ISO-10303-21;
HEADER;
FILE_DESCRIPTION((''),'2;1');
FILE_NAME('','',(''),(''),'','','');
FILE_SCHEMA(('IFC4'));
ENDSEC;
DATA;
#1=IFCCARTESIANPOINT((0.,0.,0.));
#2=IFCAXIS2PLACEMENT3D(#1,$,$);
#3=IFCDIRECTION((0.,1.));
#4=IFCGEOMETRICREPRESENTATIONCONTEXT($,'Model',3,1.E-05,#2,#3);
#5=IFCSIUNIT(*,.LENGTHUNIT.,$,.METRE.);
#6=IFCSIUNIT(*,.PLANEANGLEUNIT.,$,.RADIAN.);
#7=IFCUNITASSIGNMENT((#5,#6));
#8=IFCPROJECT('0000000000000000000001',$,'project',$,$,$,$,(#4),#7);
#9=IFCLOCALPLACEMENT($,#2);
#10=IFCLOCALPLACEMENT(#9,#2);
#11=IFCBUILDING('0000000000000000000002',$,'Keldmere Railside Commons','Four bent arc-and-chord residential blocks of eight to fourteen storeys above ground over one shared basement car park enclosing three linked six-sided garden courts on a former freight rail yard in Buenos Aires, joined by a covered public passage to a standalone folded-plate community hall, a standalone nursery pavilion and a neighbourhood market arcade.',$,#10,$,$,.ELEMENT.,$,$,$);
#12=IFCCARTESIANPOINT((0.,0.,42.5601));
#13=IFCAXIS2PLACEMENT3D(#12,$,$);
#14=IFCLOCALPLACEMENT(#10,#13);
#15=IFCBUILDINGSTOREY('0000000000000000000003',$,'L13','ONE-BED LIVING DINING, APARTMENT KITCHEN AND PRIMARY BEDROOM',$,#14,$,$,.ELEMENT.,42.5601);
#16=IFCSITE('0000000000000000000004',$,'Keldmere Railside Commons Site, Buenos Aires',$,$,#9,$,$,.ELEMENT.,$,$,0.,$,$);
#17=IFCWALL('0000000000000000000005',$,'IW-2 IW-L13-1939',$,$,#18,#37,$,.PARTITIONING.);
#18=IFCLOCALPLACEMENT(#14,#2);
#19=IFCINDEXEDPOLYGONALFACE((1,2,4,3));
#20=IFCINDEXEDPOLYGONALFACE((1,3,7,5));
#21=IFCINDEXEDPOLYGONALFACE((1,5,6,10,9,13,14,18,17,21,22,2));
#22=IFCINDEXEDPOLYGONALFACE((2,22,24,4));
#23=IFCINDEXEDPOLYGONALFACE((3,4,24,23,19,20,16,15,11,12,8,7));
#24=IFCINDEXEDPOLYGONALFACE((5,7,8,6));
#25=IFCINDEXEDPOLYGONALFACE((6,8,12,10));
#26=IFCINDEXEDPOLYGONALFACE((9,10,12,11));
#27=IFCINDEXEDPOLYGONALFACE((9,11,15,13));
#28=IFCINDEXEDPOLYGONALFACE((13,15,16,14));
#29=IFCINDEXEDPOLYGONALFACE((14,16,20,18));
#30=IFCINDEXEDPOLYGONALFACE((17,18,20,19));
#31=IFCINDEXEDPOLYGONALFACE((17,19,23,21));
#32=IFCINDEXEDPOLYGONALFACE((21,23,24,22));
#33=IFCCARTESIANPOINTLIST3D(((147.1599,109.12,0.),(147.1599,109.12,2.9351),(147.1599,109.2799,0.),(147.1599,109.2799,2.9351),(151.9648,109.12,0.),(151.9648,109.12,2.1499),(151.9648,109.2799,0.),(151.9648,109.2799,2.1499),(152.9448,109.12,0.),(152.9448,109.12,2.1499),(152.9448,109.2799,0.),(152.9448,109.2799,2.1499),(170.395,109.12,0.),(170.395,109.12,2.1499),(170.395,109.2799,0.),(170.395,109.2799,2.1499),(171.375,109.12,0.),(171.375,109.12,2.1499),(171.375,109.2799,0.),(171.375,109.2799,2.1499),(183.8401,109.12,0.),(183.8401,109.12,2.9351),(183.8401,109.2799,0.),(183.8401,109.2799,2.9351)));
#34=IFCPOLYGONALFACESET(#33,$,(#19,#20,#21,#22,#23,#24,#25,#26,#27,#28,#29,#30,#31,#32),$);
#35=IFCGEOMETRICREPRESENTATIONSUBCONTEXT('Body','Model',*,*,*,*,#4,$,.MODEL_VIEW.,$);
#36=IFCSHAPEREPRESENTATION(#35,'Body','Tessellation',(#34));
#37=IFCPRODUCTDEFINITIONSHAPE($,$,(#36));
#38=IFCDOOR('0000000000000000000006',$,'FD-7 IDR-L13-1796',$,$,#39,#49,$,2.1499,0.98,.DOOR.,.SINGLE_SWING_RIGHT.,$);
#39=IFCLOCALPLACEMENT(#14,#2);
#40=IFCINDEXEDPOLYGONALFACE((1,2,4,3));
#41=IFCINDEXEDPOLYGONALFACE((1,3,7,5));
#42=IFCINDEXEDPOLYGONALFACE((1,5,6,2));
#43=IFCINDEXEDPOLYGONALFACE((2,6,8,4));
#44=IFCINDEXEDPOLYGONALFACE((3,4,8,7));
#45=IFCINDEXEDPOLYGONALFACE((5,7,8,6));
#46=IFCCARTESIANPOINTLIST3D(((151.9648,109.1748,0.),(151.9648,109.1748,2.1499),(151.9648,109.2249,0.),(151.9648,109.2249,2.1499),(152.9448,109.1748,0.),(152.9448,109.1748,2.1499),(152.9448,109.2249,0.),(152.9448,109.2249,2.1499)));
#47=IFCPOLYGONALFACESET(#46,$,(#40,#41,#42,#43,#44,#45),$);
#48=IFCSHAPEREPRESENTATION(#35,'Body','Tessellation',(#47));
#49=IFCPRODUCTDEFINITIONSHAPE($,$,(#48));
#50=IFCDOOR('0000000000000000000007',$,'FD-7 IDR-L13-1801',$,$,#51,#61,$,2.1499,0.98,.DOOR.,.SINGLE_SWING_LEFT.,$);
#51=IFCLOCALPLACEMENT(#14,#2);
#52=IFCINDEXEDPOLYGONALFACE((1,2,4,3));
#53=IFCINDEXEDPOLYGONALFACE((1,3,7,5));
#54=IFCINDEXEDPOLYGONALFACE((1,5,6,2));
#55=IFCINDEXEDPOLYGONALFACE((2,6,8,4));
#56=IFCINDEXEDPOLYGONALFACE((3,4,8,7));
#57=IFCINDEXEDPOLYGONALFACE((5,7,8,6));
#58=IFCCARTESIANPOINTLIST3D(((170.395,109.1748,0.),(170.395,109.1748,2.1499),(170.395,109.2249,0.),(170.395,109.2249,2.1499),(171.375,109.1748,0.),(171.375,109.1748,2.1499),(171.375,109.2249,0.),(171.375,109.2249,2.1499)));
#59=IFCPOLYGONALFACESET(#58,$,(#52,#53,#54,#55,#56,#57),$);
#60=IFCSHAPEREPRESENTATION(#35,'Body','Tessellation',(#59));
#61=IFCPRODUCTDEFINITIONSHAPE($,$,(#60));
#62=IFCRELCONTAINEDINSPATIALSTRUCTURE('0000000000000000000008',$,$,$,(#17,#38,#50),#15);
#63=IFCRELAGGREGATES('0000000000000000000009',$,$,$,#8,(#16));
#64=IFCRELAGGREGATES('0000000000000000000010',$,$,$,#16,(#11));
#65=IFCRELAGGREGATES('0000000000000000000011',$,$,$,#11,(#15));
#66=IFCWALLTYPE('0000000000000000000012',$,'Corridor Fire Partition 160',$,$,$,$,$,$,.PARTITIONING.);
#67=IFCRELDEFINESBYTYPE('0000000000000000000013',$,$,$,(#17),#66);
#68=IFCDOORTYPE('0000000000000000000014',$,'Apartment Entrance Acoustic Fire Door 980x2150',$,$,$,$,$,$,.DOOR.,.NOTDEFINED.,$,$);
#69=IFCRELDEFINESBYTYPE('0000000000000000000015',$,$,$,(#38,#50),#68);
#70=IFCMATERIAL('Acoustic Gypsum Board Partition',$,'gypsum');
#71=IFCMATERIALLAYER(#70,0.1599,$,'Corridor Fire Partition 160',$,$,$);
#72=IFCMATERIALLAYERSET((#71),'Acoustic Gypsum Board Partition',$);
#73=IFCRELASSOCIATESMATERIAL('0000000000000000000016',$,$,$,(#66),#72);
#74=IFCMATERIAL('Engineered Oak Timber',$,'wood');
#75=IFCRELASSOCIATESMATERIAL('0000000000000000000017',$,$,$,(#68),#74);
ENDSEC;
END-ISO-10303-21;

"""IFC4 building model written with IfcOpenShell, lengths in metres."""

from ifc_helpers import new_model, si_unit, direction, frame, frame_2d, origin, place, context, subcontext, project, spatial, rectangle, extrude, material, layer, layer_set, type_object, element, fill, save


model = new_model("IFC4")

# Units and contexts
model_context = context("Model", 3, precision=1e-05, world=origin(), true_north=direction((0.0, 1.0)))
body_context = subcontext(model_context, "Body", "Model", "MODEL_VIEW")
ifc_project = project(units=[si_unit("LENGTHUNIT", "METRE"), si_unit("PLANEANGLEUNIT", "RADIAN")], contexts=[model_context])

# Site, building, storey
site_placement = place(None, origin())
site = spatial("IfcSite", under=ifc_project, at=site_placement, Name="Keldmere Railside Commons Site, Buenos Aires", CompositionType="ELEMENT", RefElevation=0.0)
building_placement = place(site_placement, origin())
building = spatial("IfcBuilding", under=site, at=building_placement, Name="Keldmere Railside Commons", Description="Four bent arc-and-chord residential blocks of eight to fourteen storeys above ground over one shared basement car park enclosing three linked six-sided garden courts on a former freight rail yard in Buenos Aires, joined by a covered public passage to a standalone folded-plate community hall, a standalone nursery pavilion and a neighbourhood market arcade.", CompositionType="ELEMENT")
storey_placement = place(building_placement, frame((0.0, 0.0, 42.5601)))
storey = spatial("IfcBuildingStorey", under=building, at=storey_placement, Name="L13", Description="ONE-BED LIVING DINING, APARTMENT KITCHEN AND PRIMARY BEDROOM", CompositionType="ELEMENT", Elevation=42.5601)

# Shared definitions
ifc_material_1 = material(Name="Acoustic Gypsum Board Partition", Category="gypsum")
ifc_material_2 = material(Name="Engineered Oak Timber", Category="wood")

# Wall, openings, doors
ifc_layer_1 = layer(ifc_material_1, 0.1599, Name="Corridor Fire Partition 160")
ifc_layer_set_1 = layer_set([ifc_layer_1], Name="Acoustic Gypsum Board Partition")
wall_type_1 = type_object("IfcWallType", Name="Corridor Fire Partition 160", PredefinedType="PARTITIONING", material=ifc_layer_set_1)
door_type_1 = type_object("IfcDoorType", Name="Apartment Entrance Acoustic Fire Door 980x2150", OperationType="NOTDEFINED", PredefinedType="DOOR", material=ifc_material_2)
wall_1_placement = place(storey_placement, frame((147.1599, 109.2, 0.0), z_axis=(0.0, 0.0, 1.0), x_axis=(1.0, 0.0, 0.0)))
wall_1 = element("IfcWall", 1, at=wall_1_placement, inside=storey, type_object=wall_type_1, Name="IW-2 IW-L13-1939", PredefinedType="PARTITIONING", context=body_context, shape_type="SweptSolid", body=[
    extrude(rectangle(XDim=36.6802, YDim=0.1599, at=frame_2d((18.3401, 0.0))), origin(), (0.0, 0.0, 1.0), 2.9351),
])
opening_1_placement = place(wall_1_placement, frame((4.8049, 0.0, 0.0)))
opening_1 = element("IfcOpeningElement", 2, at=opening_1_placement, cuts=wall_1, PredefinedType="OPENING", context=body_context, shape_type="SweptSolid", body=[
    extrude(rectangle(XDim=0.98, YDim=2.1499, at=frame_2d((0.49, 1.075))), frame((0.0, 0.0898, 0.0), z_axis=(0.0, -1.0, 0.0), x_axis=(1.0, 0.0, 0.0)), (0.0, 0.0, 1.0), 0.1799),
])
opening_2_placement = place(wall_1_placement, frame((23.2351, 0.0, 0.0)))
opening_2 = element("IfcOpeningElement", 3, at=opening_2_placement, cuts=wall_1, PredefinedType="OPENING", context=body_context, shape_type="SweptSolid", body=[
    extrude(rectangle(XDim=0.98, YDim=2.1499, at=frame_2d((0.49, 1.075))), frame((0.0, 0.0898, 0.0), z_axis=(0.0, -1.0, 0.0), x_axis=(1.0, 0.0, 0.0)), (0.0, 0.0, 1.0), 0.1799),
])
door_1_placement = place(opening_1_placement, origin())
door_1 = element("IfcDoor", 4, at=door_1_placement, inside=storey, type_object=door_type_1, Name="FD-7 IDR-L13-1796", OperationType="SINGLE_SWING_RIGHT", OverallHeight=2.1499, OverallWidth=0.98, PredefinedType="DOOR", context=body_context, shape_type="SweptSolid", body=[
    extrude(rectangle(XDim=0.98, YDim=2.1499, at=frame_2d((0.49, 1.075))), frame((0.0, 0.0249, 0.0), z_axis=(0.0, -1.0, 0.0), x_axis=(1.0, 0.0, 0.0)), (0.0, 0.0, 1.0), 0.05),
])
fill(opening_1, door_1)
door_2_placement = place(opening_2_placement, origin())
door_2 = element("IfcDoor", 5, at=door_2_placement, inside=storey, type_object=door_type_1, Name="FD-7 IDR-L13-1801", OperationType="SINGLE_SWING_LEFT", OverallHeight=2.1499, OverallWidth=0.98, PredefinedType="DOOR", context=body_context, shape_type="SweptSolid", body=[
    extrude(rectangle(XDim=0.98, YDim=2.1499, at=frame_2d((0.49, 1.075))), frame((0.0, 0.0249, 0.0), z_axis=(0.0, -1.0, 0.0), x_axis=(1.0, 0.0, 0.0)), (0.0, 0.0, 1.0), 0.05),
])
fill(opening_2, door_2)

save(model, "model.ifc")
